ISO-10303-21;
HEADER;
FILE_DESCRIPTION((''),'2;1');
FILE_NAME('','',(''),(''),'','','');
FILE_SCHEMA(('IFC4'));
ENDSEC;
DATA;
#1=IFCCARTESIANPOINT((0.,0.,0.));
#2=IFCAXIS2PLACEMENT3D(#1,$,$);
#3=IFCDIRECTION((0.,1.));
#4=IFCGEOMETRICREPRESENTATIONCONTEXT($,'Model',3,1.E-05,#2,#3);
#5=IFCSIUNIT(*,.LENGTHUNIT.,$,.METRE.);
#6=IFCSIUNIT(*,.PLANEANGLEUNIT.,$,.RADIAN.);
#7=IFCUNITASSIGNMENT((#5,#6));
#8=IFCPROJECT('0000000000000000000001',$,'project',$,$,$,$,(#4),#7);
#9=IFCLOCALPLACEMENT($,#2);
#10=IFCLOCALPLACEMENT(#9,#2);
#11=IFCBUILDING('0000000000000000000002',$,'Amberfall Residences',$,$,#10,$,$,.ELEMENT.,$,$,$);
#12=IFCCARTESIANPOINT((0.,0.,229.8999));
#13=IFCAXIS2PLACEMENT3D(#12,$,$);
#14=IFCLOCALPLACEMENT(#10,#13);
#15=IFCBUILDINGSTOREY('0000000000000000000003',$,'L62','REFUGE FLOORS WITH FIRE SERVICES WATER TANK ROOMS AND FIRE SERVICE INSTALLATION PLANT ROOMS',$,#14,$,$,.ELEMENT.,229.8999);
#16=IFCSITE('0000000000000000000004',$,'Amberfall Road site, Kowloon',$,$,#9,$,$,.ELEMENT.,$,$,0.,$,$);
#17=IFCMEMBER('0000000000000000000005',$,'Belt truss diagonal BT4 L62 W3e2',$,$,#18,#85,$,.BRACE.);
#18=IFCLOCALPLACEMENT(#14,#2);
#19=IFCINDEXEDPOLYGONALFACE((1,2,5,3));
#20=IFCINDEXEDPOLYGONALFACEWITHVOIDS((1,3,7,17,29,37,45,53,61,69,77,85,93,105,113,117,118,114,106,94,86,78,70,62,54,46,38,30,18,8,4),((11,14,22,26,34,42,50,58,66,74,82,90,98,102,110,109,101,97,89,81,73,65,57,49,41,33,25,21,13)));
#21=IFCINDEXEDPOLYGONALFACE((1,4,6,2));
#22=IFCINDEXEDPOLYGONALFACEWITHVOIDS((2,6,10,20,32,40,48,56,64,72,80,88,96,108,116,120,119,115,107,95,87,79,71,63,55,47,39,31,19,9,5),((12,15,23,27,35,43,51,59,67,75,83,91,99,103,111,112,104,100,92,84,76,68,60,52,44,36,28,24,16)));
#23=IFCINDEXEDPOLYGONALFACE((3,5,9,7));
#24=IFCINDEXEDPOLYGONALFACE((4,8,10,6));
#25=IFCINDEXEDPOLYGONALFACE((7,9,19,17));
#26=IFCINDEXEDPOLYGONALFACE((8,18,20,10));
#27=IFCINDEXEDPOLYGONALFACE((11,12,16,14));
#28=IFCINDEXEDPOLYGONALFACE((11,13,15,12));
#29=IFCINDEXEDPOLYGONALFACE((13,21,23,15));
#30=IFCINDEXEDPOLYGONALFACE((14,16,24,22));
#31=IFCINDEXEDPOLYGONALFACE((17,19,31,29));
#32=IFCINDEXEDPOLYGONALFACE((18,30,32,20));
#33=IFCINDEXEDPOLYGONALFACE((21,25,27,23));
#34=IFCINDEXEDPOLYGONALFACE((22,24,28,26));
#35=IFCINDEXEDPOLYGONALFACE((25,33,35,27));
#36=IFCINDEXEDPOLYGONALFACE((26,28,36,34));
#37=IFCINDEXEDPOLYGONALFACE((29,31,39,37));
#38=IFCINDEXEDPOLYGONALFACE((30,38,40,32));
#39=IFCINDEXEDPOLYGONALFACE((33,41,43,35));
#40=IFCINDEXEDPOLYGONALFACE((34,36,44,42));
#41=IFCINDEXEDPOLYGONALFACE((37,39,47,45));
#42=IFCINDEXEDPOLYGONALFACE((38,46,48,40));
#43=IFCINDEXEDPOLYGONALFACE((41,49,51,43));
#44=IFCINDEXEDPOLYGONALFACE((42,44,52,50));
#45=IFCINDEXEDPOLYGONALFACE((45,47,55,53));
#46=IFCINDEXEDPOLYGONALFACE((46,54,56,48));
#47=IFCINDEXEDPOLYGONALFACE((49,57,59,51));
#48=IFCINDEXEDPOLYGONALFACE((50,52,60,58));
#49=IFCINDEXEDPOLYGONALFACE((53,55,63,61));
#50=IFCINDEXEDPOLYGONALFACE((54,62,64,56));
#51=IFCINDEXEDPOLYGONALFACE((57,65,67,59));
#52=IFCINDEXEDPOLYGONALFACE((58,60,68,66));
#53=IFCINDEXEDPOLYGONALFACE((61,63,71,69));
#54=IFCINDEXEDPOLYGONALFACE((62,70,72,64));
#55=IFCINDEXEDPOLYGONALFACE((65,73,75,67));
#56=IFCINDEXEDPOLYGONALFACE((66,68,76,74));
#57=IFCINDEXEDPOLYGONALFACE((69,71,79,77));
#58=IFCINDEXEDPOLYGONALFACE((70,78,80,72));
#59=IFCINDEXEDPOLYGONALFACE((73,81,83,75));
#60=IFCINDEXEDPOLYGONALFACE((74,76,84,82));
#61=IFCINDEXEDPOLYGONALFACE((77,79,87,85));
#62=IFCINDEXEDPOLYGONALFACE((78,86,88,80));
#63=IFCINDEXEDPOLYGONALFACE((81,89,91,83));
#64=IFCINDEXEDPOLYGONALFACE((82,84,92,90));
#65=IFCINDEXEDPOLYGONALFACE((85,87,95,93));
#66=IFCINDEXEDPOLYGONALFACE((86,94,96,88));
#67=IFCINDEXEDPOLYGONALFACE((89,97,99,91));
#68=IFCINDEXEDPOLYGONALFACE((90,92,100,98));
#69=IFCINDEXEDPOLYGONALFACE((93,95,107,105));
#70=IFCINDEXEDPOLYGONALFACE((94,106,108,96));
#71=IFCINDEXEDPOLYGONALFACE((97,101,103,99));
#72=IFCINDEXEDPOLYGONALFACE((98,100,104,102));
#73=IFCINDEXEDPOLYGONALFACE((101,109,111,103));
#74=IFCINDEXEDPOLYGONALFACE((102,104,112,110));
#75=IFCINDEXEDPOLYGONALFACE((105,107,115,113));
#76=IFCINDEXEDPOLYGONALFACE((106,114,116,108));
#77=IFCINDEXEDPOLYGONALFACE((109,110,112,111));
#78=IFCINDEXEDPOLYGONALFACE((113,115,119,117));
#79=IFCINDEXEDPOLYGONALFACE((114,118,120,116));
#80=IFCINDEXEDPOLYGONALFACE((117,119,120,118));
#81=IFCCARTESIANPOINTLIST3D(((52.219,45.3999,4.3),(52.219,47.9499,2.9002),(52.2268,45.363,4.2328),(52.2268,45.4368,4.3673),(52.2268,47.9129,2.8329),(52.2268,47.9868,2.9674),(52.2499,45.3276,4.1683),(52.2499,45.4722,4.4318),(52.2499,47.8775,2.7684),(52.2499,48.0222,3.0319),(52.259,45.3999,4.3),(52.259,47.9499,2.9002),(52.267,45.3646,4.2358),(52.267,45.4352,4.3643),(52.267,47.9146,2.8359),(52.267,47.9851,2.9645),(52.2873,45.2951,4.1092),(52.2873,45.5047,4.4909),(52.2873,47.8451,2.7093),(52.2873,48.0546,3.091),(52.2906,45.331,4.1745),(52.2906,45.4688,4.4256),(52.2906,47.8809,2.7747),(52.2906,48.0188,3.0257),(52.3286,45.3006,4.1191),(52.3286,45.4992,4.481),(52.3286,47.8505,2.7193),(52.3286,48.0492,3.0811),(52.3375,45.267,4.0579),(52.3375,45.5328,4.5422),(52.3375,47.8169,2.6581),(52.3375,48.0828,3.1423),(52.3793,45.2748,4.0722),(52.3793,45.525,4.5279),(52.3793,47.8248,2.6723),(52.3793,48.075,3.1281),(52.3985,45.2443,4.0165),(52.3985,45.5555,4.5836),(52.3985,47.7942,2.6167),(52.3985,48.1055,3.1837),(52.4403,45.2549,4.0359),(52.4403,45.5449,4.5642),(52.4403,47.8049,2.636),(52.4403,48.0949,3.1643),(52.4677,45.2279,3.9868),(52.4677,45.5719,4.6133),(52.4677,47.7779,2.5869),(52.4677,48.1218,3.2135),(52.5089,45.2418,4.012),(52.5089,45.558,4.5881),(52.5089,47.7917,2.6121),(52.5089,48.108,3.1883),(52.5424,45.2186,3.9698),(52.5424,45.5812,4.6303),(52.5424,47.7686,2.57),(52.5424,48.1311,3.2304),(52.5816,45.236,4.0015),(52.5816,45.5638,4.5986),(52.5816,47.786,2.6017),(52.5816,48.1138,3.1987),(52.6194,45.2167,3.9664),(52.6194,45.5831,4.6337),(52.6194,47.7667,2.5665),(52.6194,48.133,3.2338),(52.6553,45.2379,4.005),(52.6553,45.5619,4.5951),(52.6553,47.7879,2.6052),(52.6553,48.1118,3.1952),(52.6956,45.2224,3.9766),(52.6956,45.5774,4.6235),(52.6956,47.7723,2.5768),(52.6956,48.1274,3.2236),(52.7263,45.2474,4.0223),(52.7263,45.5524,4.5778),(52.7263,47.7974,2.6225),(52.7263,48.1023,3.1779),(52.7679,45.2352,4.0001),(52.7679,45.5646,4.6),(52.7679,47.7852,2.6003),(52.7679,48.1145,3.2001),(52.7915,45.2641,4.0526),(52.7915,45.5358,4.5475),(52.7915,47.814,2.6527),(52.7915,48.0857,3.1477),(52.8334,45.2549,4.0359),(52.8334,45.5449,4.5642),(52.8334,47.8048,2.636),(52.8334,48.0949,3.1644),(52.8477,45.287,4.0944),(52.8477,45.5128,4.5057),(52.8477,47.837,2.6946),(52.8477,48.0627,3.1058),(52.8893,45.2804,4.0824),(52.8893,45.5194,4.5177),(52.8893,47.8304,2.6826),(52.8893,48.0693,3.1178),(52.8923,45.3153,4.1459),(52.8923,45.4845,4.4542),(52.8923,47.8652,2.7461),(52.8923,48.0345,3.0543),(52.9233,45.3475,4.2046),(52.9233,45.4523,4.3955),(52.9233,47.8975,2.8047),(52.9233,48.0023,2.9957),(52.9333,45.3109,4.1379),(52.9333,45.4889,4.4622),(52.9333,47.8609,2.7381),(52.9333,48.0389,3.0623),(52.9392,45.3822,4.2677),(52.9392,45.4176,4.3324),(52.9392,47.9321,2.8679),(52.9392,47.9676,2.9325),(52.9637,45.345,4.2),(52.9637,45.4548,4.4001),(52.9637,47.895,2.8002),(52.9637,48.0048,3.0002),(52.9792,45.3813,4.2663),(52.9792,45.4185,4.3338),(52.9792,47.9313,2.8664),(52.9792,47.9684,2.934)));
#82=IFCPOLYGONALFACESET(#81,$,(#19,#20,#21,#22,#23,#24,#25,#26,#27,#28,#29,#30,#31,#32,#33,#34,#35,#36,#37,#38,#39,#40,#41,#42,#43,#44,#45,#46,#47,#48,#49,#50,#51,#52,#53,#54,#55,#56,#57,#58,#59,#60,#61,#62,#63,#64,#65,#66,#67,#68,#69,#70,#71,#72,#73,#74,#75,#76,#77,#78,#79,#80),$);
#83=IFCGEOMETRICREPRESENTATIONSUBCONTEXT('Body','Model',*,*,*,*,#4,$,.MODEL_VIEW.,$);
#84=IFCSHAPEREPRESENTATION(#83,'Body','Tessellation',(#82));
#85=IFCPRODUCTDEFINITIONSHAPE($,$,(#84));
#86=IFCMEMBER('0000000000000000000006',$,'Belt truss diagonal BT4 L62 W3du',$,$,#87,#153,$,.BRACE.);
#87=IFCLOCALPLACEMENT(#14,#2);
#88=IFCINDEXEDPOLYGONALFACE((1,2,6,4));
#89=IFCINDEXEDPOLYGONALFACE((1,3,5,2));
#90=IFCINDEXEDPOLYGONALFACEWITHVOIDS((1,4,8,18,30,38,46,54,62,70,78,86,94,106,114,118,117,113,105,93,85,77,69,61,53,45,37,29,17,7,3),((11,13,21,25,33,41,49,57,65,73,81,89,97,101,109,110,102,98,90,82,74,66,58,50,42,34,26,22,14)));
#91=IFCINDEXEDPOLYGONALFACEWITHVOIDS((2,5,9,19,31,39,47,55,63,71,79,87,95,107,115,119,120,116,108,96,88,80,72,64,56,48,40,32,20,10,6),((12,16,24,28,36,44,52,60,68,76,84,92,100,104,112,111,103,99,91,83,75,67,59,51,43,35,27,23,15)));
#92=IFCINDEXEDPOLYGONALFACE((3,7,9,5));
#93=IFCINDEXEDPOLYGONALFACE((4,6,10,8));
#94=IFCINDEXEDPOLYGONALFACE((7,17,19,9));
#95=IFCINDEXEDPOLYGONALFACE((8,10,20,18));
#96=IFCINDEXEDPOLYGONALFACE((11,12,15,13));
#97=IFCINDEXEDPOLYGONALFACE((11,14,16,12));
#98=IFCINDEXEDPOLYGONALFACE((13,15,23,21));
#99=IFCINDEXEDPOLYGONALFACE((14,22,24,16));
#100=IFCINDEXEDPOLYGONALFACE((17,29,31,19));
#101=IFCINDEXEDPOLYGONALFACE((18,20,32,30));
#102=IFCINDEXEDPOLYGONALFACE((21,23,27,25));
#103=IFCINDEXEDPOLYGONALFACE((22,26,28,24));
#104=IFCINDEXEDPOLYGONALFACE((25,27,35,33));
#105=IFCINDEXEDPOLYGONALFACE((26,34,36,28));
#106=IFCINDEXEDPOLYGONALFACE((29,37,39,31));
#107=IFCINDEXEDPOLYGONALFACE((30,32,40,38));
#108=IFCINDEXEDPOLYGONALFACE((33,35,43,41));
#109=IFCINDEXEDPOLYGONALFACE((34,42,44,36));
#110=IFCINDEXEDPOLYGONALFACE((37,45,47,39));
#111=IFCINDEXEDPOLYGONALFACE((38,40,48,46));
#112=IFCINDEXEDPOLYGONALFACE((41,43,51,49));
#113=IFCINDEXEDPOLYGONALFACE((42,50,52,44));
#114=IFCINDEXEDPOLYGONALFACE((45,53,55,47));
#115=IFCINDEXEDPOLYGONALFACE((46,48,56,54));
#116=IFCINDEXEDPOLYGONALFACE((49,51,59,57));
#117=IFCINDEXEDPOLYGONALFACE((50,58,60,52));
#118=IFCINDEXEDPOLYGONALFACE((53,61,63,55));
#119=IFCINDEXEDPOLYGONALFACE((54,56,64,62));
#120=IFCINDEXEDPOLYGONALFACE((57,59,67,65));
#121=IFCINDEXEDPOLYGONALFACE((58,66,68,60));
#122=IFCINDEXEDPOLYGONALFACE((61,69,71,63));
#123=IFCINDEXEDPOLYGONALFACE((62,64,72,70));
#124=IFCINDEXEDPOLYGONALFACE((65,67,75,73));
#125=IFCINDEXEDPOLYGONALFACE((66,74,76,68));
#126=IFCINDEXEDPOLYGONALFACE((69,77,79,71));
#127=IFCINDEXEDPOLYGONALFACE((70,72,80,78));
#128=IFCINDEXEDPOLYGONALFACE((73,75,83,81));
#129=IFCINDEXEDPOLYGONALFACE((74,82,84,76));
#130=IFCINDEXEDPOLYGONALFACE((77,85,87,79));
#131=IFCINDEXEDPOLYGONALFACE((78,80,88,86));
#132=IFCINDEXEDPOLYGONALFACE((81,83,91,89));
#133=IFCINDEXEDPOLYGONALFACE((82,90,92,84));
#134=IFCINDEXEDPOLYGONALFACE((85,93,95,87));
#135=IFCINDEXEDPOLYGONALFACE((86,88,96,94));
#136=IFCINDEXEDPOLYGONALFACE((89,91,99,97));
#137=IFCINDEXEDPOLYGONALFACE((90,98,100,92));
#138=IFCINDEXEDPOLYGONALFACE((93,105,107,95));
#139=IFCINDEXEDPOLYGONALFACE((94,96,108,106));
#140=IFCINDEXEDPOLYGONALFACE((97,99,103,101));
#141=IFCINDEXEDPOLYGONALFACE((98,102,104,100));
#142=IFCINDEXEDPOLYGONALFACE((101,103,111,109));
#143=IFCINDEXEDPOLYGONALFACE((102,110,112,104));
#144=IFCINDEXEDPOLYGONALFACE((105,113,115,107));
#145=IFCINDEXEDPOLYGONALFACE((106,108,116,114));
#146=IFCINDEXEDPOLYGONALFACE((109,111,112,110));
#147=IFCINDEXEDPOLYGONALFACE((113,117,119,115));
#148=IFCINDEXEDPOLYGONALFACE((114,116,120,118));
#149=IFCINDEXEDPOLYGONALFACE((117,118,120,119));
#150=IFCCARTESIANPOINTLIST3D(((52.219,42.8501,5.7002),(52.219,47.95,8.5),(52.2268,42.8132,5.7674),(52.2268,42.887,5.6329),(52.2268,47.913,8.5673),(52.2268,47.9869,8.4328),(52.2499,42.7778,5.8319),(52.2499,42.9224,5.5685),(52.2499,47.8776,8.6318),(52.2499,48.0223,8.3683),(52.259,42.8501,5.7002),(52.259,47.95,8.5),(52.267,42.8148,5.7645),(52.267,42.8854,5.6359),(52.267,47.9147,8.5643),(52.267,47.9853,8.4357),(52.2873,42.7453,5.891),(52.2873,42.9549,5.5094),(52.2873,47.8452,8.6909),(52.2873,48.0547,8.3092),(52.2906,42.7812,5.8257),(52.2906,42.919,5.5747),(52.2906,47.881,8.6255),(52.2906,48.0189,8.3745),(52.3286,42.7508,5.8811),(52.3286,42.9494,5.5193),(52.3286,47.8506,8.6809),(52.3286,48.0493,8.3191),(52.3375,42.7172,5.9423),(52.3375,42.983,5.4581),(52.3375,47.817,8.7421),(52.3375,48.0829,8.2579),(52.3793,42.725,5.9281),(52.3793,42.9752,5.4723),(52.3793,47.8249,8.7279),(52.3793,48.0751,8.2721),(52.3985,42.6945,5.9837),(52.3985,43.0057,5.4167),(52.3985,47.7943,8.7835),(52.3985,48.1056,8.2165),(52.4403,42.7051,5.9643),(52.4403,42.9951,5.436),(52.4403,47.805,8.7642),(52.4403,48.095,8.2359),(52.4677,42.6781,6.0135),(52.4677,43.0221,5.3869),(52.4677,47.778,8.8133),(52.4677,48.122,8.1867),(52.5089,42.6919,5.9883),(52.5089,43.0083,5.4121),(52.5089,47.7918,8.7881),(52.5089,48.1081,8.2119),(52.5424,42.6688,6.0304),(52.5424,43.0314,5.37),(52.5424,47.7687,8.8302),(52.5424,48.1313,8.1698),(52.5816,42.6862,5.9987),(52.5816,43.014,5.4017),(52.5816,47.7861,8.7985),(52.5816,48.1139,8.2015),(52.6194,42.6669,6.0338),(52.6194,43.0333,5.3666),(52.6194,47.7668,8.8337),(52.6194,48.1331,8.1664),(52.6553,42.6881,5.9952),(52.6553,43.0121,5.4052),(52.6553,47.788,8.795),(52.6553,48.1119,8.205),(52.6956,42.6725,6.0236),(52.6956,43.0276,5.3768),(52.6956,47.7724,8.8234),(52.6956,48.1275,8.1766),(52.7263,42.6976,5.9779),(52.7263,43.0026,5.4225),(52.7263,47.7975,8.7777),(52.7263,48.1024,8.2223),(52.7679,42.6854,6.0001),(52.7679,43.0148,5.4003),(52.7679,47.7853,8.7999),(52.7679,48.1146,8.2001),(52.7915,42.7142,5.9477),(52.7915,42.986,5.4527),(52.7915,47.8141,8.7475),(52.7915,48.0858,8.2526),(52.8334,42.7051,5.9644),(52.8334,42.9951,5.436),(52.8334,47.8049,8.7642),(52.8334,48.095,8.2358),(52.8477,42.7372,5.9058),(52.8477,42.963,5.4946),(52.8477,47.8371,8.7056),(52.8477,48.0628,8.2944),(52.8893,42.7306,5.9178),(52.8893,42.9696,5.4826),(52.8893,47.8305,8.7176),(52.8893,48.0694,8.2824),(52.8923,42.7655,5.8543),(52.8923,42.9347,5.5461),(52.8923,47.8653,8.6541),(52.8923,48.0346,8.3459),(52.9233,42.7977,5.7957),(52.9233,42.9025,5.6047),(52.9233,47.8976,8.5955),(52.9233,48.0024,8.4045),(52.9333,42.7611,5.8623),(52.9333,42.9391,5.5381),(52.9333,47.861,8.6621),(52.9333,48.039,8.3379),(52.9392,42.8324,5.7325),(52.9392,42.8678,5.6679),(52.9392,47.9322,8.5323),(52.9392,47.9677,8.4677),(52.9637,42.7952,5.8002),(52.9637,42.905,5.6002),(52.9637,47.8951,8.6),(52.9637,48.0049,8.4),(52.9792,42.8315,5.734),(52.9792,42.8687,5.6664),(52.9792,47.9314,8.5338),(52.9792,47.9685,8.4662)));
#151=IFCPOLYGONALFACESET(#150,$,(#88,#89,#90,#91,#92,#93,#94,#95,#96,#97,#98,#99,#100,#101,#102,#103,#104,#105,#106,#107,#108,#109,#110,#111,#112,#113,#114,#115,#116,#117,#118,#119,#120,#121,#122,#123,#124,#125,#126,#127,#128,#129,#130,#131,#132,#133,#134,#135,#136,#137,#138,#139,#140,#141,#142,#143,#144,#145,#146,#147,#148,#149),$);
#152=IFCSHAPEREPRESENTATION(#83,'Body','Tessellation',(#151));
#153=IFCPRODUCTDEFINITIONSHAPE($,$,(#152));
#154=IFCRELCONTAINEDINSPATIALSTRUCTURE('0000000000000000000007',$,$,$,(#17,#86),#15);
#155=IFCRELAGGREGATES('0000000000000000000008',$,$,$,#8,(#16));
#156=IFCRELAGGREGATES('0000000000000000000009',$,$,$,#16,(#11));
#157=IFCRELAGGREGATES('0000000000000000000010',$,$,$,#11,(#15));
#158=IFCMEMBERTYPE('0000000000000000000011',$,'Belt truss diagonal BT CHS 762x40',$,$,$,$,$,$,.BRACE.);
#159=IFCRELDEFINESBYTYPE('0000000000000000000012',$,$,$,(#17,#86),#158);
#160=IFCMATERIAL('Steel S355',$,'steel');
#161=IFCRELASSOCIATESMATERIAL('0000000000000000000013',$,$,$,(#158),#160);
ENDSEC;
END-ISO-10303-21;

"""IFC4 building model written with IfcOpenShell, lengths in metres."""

from ifc_helpers import new_model, si_unit, direction, frame, origin, origin_2d, place, context, subcontext, project, spatial, hollow_circle, extrude, material, material_profile, profile_set, type_object, element, save


model = new_model("IFC4")

# Units and contexts
model_context = context("Model", 3, precision=1e-05, world=origin(), true_north=direction((0.0, 1.0)))
body_context = subcontext(model_context, "Body", "Model", "MODEL_VIEW")
ifc_project = project(units=[si_unit("LENGTHUNIT", "METRE"), si_unit("PLANEANGLEUNIT", "RADIAN")], contexts=[model_context])

# Site, building, storey
site_placement = place(None, origin())
site = spatial("IfcSite", under=ifc_project, at=site_placement, Name="Amberfall Road site, Kowloon", CompositionType="ELEMENT", RefElevation=0.0)
building_placement = place(site_placement, origin())
building = spatial("IfcBuilding", under=site, at=building_placement, Name="Amberfall Residences", CompositionType="ELEMENT")
storey_placement = place(building_placement, frame((0.0, 0.0, 229.8999)))
storey = spatial("IfcBuildingStorey", under=building, at=storey_placement, Name="L62", Description="REFUGE FLOORS WITH FIRE SERVICES WATER TANK ROOMS AND FIRE SERVICE INSTALLATION PLANT ROOMS", CompositionType="ELEMENT", Elevation=229.8999)

# Shared definitions
ifc_material_1 = material(Name="Steel S355", Category="steel")

# Members
ifc_material_profile_1 = material_profile(ifc_material_1, hollow_circle(Radius=0.3811, WallThickness=0.04, at=origin_2d()), Name="CHS 762x40")
ifc_profile_set_1 = profile_set([ifc_material_profile_1], Name="Steel S355")
member_type_1 = type_object("IfcMemberType", Name="Belt truss diagonal BT CHS 762x40", PredefinedType="BRACE", material=ifc_profile_set_1)
for number, where, z_axis, x_axis, name in (
    (1, (52.6001, 45.3999, 4.3), (0.0, 0.876597, -0.481226), (-1.0, 0.0, 0.0), "Belt truss diagonal BT4 L62 W3e2"),
):
    element("IfcMember", number, at=place(storey_placement, frame(where, z_axis=z_axis, x_axis=x_axis)), inside=storey, type_object=member_type_1, Name=name, PredefinedType="BRACE", context=body_context, shape_type="SweptSolid", body=[
        extrude(hollow_circle(Radius=0.3811, WallThickness=0.04, at=origin_2d()), origin(), (0.0, 0.0, 1.0), 2.9089),
    ])
member_1_placement = place(storey_placement, frame((52.6001, 42.8501, 5.7002), z_axis=(0.0, 0.876587, 0.481244), x_axis=(-1.0, 0.0, 0.0)))
element("IfcMember", 2, at=member_1_placement, inside=storey, type_object=member_type_1, Name="Belt truss diagonal BT4 L62 W3du", PredefinedType="BRACE", context=body_context, shape_type="SweptSolid", body=[
    extrude(hollow_circle(Radius=0.3811, WallThickness=0.04, at=origin_2d()), origin(), (0.0, 0.0, 1.0), 5.8179),
])

save(model, "model.ifc")
